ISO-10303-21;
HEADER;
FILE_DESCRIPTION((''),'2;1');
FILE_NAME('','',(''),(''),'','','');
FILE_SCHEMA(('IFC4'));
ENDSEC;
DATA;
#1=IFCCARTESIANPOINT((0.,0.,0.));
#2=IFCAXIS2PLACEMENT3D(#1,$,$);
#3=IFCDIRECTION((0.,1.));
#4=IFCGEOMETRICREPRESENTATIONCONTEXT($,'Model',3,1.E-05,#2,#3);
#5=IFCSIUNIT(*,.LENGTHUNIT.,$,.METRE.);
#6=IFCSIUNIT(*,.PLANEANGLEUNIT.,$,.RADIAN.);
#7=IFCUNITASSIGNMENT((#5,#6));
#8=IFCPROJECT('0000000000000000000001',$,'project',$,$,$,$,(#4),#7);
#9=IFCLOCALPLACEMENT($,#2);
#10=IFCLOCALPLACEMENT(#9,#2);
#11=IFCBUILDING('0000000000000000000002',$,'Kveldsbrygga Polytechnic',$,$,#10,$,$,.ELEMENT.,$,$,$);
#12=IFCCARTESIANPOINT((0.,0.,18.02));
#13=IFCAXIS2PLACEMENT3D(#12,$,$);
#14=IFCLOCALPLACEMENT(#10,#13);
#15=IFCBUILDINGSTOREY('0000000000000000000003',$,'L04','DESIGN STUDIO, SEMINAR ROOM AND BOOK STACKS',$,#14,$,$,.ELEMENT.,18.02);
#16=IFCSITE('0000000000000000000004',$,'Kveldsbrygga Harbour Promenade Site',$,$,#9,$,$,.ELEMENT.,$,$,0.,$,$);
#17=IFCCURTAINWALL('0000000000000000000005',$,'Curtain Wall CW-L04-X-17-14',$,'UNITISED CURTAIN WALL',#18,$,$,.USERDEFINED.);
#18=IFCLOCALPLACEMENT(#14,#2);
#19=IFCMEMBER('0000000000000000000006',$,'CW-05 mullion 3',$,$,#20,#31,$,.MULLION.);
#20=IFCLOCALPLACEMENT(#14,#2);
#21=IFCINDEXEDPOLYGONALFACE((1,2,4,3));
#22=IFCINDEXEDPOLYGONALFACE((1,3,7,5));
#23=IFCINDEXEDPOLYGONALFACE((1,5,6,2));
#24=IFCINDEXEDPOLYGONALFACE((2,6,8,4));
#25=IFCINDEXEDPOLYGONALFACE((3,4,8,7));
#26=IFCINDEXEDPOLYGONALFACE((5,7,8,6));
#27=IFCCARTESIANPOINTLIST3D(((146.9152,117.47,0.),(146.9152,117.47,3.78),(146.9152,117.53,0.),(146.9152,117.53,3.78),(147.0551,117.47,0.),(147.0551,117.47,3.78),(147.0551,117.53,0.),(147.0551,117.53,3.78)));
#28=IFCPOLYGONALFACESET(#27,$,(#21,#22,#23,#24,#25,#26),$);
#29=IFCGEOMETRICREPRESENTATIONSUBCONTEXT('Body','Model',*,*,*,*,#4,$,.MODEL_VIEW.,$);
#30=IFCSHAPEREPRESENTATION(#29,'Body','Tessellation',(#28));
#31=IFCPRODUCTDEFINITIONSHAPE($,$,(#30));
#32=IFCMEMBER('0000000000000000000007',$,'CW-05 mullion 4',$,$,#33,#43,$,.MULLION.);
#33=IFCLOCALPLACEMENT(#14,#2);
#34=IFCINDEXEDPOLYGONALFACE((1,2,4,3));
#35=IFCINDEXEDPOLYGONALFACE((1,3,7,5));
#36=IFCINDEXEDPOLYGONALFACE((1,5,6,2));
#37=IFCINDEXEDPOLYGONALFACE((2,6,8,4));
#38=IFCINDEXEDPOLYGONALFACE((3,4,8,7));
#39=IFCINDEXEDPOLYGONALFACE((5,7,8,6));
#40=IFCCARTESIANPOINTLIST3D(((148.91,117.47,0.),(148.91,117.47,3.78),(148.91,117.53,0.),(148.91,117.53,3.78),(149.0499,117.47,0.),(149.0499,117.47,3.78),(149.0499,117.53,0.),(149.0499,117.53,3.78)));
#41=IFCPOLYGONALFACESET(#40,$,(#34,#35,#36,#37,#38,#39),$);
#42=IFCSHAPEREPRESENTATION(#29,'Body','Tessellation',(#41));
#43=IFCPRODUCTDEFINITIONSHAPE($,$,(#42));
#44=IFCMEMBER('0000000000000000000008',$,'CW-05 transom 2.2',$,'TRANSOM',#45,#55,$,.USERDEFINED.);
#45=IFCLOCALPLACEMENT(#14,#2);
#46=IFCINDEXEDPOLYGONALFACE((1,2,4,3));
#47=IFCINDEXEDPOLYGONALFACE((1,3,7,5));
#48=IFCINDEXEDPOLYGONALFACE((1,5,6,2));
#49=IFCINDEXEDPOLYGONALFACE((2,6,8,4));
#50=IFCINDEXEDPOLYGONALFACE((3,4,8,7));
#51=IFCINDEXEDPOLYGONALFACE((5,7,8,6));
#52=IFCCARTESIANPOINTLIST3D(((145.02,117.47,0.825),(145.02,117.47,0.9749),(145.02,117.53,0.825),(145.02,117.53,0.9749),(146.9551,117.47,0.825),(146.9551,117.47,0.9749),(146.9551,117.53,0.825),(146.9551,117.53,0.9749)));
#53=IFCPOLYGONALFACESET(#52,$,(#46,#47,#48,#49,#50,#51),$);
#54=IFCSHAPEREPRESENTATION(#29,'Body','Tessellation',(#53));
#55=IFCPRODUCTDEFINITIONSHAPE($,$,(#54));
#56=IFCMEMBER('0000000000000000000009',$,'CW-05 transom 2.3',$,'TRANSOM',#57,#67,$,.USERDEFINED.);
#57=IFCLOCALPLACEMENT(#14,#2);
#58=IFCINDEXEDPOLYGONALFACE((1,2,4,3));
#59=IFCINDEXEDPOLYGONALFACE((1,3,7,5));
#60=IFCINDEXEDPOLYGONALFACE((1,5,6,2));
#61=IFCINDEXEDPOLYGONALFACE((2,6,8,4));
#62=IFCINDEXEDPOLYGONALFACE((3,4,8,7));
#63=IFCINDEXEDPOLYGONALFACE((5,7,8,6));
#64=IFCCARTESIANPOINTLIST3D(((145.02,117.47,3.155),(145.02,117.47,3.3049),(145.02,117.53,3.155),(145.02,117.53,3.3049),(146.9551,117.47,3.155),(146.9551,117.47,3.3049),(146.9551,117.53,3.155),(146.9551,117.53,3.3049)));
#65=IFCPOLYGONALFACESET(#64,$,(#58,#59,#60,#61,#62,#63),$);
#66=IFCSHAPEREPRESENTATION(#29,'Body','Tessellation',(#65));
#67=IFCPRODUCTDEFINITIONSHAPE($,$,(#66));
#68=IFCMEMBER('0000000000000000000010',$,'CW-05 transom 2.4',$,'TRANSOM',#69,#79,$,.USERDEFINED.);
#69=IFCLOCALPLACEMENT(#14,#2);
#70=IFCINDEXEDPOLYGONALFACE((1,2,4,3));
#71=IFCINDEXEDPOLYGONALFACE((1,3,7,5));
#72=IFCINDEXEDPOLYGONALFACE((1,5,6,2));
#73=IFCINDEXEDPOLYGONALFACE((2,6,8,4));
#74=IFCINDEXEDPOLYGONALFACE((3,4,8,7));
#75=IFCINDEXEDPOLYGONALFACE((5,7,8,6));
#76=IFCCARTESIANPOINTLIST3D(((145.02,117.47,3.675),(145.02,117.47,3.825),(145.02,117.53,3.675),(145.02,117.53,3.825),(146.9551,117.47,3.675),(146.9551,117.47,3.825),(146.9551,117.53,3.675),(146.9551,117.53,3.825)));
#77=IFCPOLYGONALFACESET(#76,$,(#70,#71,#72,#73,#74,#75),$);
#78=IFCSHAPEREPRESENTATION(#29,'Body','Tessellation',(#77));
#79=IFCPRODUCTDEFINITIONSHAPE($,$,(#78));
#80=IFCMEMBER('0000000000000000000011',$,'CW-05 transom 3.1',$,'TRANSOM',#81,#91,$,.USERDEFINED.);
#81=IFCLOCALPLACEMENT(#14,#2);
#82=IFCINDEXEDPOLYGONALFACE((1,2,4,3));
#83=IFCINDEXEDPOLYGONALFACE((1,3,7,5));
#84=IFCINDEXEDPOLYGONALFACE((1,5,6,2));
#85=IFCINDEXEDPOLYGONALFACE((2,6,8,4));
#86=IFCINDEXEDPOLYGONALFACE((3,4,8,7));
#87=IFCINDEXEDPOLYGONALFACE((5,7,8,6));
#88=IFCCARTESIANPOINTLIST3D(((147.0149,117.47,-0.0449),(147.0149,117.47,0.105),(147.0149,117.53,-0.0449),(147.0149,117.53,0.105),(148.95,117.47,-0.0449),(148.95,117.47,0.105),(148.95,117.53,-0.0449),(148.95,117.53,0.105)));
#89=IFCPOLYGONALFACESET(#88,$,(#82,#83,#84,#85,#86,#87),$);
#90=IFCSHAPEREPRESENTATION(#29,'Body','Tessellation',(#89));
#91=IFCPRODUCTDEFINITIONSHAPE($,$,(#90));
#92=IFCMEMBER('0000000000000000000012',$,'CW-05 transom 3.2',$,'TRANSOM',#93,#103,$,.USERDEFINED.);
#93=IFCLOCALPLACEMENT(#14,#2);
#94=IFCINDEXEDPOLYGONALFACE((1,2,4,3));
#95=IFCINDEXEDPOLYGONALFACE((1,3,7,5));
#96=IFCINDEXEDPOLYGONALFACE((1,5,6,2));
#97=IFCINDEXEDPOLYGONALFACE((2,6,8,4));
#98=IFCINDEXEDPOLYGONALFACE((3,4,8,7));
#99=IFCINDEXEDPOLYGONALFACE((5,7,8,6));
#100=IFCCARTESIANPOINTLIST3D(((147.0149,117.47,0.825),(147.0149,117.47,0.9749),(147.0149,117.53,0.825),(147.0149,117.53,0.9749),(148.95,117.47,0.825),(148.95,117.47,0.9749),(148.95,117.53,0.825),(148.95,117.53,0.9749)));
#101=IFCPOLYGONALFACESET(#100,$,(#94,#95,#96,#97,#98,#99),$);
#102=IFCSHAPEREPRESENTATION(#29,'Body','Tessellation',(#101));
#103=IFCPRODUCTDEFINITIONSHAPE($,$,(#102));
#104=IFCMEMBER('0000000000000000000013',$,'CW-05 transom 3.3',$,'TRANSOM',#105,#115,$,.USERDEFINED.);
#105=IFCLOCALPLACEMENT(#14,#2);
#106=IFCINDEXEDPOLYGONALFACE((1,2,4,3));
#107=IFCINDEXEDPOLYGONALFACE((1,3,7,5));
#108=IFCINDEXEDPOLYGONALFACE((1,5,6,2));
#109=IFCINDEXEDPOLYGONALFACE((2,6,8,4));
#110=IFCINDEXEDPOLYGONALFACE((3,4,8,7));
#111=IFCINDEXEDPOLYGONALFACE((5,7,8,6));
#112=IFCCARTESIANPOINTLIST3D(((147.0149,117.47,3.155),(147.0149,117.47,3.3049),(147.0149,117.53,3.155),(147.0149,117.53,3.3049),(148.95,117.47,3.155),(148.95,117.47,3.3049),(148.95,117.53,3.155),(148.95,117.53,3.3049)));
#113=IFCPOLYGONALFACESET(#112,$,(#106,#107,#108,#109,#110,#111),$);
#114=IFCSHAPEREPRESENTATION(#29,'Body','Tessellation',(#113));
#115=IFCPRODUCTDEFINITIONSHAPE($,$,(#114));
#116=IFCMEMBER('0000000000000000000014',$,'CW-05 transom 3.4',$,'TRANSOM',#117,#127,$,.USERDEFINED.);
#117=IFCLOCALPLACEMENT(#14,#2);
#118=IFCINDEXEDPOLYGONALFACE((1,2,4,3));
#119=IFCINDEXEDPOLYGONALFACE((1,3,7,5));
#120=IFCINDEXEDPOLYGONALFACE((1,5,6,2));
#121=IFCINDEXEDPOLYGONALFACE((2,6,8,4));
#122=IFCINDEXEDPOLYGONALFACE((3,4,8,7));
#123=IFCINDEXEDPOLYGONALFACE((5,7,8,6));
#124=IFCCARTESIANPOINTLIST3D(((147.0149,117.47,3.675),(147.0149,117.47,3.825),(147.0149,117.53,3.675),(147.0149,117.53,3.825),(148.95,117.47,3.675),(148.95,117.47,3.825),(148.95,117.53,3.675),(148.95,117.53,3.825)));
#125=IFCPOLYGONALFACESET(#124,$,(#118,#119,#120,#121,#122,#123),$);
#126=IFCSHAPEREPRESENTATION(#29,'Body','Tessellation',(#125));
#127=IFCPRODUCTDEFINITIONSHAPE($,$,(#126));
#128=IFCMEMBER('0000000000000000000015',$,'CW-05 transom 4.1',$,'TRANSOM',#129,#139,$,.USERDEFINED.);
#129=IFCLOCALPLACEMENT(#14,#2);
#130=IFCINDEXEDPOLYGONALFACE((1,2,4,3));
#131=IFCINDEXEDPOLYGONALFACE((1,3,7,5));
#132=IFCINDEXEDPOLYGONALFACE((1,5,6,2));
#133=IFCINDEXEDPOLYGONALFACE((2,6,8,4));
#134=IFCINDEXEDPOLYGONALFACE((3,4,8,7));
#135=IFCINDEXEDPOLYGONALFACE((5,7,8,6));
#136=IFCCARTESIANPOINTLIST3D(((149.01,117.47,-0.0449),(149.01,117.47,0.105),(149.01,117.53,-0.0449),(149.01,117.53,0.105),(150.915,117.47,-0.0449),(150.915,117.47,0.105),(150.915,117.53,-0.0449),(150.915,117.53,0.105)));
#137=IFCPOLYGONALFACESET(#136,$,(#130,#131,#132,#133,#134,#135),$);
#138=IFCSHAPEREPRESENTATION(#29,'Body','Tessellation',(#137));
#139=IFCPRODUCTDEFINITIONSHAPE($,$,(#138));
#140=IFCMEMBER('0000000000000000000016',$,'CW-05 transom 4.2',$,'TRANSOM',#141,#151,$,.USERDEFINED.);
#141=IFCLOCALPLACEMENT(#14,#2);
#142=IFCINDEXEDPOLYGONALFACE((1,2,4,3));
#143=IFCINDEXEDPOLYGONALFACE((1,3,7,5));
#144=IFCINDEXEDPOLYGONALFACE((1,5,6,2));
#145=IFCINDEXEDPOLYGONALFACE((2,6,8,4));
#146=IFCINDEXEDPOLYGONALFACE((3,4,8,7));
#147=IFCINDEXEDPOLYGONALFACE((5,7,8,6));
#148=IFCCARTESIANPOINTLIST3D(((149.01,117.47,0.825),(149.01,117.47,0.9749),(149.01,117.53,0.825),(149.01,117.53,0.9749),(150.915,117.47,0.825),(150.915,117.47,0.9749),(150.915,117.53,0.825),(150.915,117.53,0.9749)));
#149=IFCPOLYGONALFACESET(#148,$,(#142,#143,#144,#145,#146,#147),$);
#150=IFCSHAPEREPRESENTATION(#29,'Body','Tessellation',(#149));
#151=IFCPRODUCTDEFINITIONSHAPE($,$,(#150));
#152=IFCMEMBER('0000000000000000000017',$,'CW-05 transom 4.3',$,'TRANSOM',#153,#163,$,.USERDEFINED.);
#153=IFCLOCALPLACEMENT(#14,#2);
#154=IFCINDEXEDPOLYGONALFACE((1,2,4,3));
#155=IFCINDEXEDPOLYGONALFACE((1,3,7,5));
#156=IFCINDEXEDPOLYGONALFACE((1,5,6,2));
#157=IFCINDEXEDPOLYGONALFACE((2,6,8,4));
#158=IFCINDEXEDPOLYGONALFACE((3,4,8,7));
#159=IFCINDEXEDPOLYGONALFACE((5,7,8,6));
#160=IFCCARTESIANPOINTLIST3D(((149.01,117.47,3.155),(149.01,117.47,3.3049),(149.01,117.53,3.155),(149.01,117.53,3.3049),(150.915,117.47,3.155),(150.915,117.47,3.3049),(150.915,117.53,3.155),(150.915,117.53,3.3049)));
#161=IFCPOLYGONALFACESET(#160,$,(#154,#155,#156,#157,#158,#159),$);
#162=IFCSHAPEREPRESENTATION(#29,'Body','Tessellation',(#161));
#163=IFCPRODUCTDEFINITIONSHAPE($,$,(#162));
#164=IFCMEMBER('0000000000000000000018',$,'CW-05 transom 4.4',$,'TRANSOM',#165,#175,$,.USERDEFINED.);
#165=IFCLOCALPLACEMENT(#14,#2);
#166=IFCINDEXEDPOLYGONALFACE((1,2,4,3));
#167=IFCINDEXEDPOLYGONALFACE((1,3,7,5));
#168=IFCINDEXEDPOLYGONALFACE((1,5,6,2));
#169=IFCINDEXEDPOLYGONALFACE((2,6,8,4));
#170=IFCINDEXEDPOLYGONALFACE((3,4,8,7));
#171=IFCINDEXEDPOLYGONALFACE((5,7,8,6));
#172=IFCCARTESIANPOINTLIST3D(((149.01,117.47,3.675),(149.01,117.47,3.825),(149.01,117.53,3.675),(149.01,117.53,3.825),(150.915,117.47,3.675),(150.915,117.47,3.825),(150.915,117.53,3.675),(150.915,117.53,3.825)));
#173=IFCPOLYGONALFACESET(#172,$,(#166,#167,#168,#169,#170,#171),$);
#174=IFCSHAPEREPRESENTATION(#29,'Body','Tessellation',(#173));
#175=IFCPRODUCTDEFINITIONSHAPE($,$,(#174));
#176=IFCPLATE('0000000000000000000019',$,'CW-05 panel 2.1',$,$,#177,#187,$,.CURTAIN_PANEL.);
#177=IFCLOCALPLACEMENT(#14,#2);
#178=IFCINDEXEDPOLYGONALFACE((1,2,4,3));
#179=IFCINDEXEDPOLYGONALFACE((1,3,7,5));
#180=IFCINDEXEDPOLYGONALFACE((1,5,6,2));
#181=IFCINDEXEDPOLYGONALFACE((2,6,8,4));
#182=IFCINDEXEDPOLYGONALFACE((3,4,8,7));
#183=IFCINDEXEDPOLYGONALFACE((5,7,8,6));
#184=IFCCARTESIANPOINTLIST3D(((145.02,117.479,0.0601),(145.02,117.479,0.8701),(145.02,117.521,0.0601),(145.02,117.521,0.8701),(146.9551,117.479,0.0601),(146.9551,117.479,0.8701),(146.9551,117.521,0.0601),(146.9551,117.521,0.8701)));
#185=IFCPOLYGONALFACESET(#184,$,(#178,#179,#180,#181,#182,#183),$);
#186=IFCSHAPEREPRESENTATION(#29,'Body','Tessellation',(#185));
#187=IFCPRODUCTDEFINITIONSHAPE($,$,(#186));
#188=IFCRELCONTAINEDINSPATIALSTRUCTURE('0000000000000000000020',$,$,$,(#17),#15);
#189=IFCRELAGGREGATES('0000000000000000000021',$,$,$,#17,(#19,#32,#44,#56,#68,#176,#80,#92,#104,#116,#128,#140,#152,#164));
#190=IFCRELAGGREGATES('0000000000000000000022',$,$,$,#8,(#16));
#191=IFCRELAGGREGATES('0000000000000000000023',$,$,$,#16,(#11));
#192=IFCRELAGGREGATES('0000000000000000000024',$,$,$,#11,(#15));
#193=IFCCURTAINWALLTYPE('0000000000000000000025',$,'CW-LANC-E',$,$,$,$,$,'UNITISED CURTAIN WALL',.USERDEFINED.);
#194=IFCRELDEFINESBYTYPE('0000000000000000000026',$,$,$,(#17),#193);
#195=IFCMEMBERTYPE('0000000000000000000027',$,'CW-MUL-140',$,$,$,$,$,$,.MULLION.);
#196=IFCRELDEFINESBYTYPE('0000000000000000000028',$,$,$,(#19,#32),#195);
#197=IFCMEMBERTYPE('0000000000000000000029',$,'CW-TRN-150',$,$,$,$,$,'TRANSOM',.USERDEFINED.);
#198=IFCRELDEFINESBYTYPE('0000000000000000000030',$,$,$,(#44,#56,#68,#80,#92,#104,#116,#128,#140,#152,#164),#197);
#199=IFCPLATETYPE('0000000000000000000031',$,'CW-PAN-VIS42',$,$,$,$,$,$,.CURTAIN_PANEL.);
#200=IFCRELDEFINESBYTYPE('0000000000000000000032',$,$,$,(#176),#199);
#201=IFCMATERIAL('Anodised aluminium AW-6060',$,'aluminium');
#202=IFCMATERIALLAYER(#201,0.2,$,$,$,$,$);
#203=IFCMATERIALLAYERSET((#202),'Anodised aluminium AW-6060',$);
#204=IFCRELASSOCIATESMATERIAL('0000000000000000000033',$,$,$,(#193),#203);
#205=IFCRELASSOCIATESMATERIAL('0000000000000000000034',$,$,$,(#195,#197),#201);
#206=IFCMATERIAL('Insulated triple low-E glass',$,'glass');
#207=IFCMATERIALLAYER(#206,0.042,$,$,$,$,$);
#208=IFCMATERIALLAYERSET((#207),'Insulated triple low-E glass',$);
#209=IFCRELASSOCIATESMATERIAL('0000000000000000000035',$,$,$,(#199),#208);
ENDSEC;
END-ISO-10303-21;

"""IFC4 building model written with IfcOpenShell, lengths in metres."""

from ifc_helpers import new_model, si_unit, direction, frame, origin, origin_2d, place, context, subcontext, project, spatial, rectangle, extrude, material, layer, layer_set, material_profile, profile_set, type_object, element, aggregate, save


model = new_model("IFC4")

# Units and contexts
model_context = context("Model", 3, precision=1e-05, world=origin(), true_north=direction((0.0, 1.0)))
body_context = subcontext(model_context, "Body", "Model", "MODEL_VIEW")
ifc_project = project(units=[si_unit("LENGTHUNIT", "METRE"), si_unit("PLANEANGLEUNIT", "RADIAN")], contexts=[model_context])

# Site, building, storey
site_placement = place(None, origin())
site = spatial("IfcSite", under=ifc_project, at=site_placement, Name="Kveldsbrygga Harbour Promenade Site", CompositionType="ELEMENT", RefElevation=0.0)
building_placement = place(site_placement, origin())
building = spatial("IfcBuilding", under=site, at=building_placement, Name="Kveldsbrygga Polytechnic", CompositionType="ELEMENT")
storey_placement = place(building_placement, frame((0.0, 0.0, 18.02)))
storey = spatial("IfcBuildingStorey", under=building, at=storey_placement, Name="L04", Description="DESIGN STUDIO, SEMINAR ROOM AND BOOK STACKS", CompositionType="ELEMENT", Elevation=18.02)

# Curtain wall, members, plate
ifc_material_1 = material(Name="Anodised aluminium AW-6060", Category="aluminium")
ifc_layer_1 = layer(ifc_material_1, 0.2)
ifc_layer_set_1 = layer_set([ifc_layer_1], Name="Anodised aluminium AW-6060")
curtain_wall_type = type_object("IfcCurtainWallType", Name="CW-LANC-E", ElementType="UNITISED CURTAIN WALL", PredefinedType="USERDEFINED", material=ifc_layer_set_1)
curtain_wall_placement = place(storey_placement, origin())
curtain_wall = element("IfcCurtainWall", 1, at=curtain_wall_placement, inside=storey, type_object=curtain_wall_type, Name="Curtain Wall CW-L04-X-17-14", ObjectType="UNITISED CURTAIN WALL", PredefinedType="USERDEFINED")
ifc_material_profile_1 = material_profile(ifc_material_1, rectangle(XDim=0.0601, YDim=0.1399, at=origin_2d()), Name="ALU 60x140")
ifc_profile_set_1 = profile_set([ifc_material_profile_1], Name="Anodised aluminium AW-6060")
member_type_1 = type_object("IfcMemberType", Name="CW-MUL-140", PredefinedType="MULLION", material=ifc_profile_set_1)
member_1_placement = place(storey_placement, frame((146.9851, 117.5, 0.0), z_axis=(0.0, 0.0, 1.0), x_axis=(0.0, 1.0, 0.0)))
member_1 = element("IfcMember", 2, at=member_1_placement, type_object=member_type_1, Name="CW-05 mullion 3", PredefinedType="MULLION", context=body_context, shape_type="SweptSolid", body=[
    extrude(rectangle(XDim=0.0601, YDim=0.1399, at=origin_2d()), origin(), (0.0, 0.0, 1.0), 3.78),
])
member_2_placement = place(storey_placement, frame((148.98, 117.5, 0.0), z_axis=(0.0, 0.0, 1.0), x_axis=(0.0, 1.0, 0.0)))
member_2 = element("IfcMember", 3, at=member_2_placement, type_object=member_type_1, Name="CW-05 mullion 4", PredefinedType="MULLION", context=body_context, shape_type="SweptSolid", body=[
    extrude(rectangle(XDim=0.0601, YDim=0.1399, at=origin_2d()), origin(), (0.0, 0.0, 1.0), 3.78),
])
ifc_material_profile_2 = material_profile(ifc_material_1, rectangle(XDim=0.0601, YDim=0.1499, at=origin_2d()), Name="ALU 60x150")
ifc_profile_set_2 = profile_set([ifc_material_profile_2], Name="Anodised aluminium AW-6060")
member_type_2 = type_object("IfcMemberType", Name="CW-TRN-150", ElementType="TRANSOM", PredefinedType="USERDEFINED", material=ifc_profile_set_2)
member_3_placement = place(storey_placement, frame((145.02, 117.5, 0.8999), z_axis=(1.0, 0.0, 0.0), x_axis=(0.0, 1.0, 0.0)))
member_3 = element("IfcMember", 4, at=member_3_placement, type_object=member_type_2, Name="CW-05 transom 2.2", ObjectType="TRANSOM", PredefinedType="USERDEFINED", context=body_context, shape_type="SweptSolid", body=[
    extrude(rectangle(XDim=0.0601, YDim=0.1499, at=origin_2d()), origin(), (0.0, 0.0, 1.0), 1.9351),
])
member_4_placement = place(storey_placement, frame((145.02, 117.5, 3.23), z_axis=(1.0, 0.0, 0.0), x_axis=(0.0, 1.0, 0.0)))
member_4 = element("IfcMember", 5, at=member_4_placement, type_object=member_type_2, Name="CW-05 transom 2.3", ObjectType="TRANSOM", PredefinedType="USERDEFINED", context=body_context, shape_type="SweptSolid", body=[
    extrude(rectangle(XDim=0.0601, YDim=0.1499, at=origin_2d()), origin(), (0.0, 0.0, 1.0), 1.9351),
])
member_5_placement = place(storey_placement, frame((145.02, 117.5, 3.75), z_axis=(1.0, 0.0, 0.0), x_axis=(0.0, 1.0, 0.0)))
member_5 = element("IfcMember", 6, at=member_5_placement, type_object=member_type_2, Name="CW-05 transom 2.4", ObjectType="TRANSOM", PredefinedType="USERDEFINED", context=body_context, shape_type="SweptSolid", body=[
    extrude(rectangle(XDim=0.0601, YDim=0.1499, at=origin_2d()), origin(), (0.0, 0.0, 1.0), 1.9351),
])
member_6_placement = place(storey_placement, frame((147.0149, 117.5, 0.03), z_axis=(1.0, 0.0, 0.0), x_axis=(0.0, 1.0, 0.0)))
member_6 = element("IfcMember", 7, at=member_6_placement, type_object=member_type_2, Name="CW-05 transom 3.1", ObjectType="TRANSOM", PredefinedType="USERDEFINED", context=body_context, shape_type="SweptSolid", body=[
    extrude(rectangle(XDim=0.0601, YDim=0.1499, at=origin_2d()), origin(), (0.0, 0.0, 1.0), 1.9351),
])
member_7_placement = place(storey_placement, frame((147.0149, 117.5, 0.8999), z_axis=(1.0, 0.0, 0.0), x_axis=(0.0, 1.0, 0.0)))
member_7 = element("IfcMember", 8, at=member_7_placement, type_object=member_type_2, Name="CW-05 transom 3.2", ObjectType="TRANSOM", PredefinedType="USERDEFINED", context=body_context, shape_type="SweptSolid", body=[
    extrude(rectangle(XDim=0.0601, YDim=0.1499, at=origin_2d()), origin(), (0.0, 0.0, 1.0), 1.9351),
])
member_8_placement = place(storey_placement, frame((147.0149, 117.5, 3.23), z_axis=(1.0, 0.0, 0.0), x_axis=(0.0, 1.0, 0.0)))
member_8 = element("IfcMember", 9, at=member_8_placement, type_object=member_type_2, Name="CW-05 transom 3.3", ObjectType="TRANSOM", PredefinedType="USERDEFINED", context=body_context, shape_type="SweptSolid", body=[
    extrude(rectangle(XDim=0.0601, YDim=0.1499, at=origin_2d()), origin(), (0.0, 0.0, 1.0), 1.9351),
])
member_9_placement = place(storey_placement, frame((147.0149, 117.5, 3.75), z_axis=(1.0, 0.0, 0.0), x_axis=(0.0, 1.0, 0.0)))
member_9 = element("IfcMember", 10, at=member_9_placement, type_object=member_type_2, Name="CW-05 transom 3.4", ObjectType="TRANSOM", PredefinedType="USERDEFINED", context=body_context, shape_type="SweptSolid", body=[
    extrude(rectangle(XDim=0.0601, YDim=0.1499, at=origin_2d()), origin(), (0.0, 0.0, 1.0), 1.9351),
])
member_10_placement = place(storey_placement, frame((149.01, 117.5, 0.03), z_axis=(1.0, 0.0, 0.0), x_axis=(0.0, 1.0, 0.0)))
member_10 = element("IfcMember", 11, at=member_10_placement, type_object=member_type_2, Name="CW-05 transom 4.1", ObjectType="TRANSOM", PredefinedType="USERDEFINED", context=body_context, shape_type="SweptSolid", body=[
    extrude(rectangle(XDim=0.0601, YDim=0.1499, at=origin_2d()), origin(), (0.0, 0.0, 1.0), 1.905),
])
member_11_placement = place(storey_placement, frame((149.01, 117.5, 0.8999), z_axis=(1.0, 0.0, 0.0), x_axis=(0.0, 1.0, 0.0)))
member_11 = element("IfcMember", 12, at=member_11_placement, type_object=member_type_2, Name="CW-05 transom 4.2", ObjectType="TRANSOM", PredefinedType="USERDEFINED", context=body_context, shape_type="SweptSolid", body=[
    extrude(rectangle(XDim=0.0601, YDim=0.1499, at=origin_2d()), origin(), (0.0, 0.0, 1.0), 1.905),
])
member_12_placement = place(storey_placement, frame((149.01, 117.5, 3.23), z_axis=(1.0, 0.0, 0.0), x_axis=(0.0, 1.0, 0.0)))
member_12 = element("IfcMember", 13, at=member_12_placement, type_object=member_type_2, Name="CW-05 transom 4.3", ObjectType="TRANSOM", PredefinedType="USERDEFINED", context=body_context, shape_type="SweptSolid", body=[
    extrude(rectangle(XDim=0.0601, YDim=0.1499, at=origin_2d()), origin(), (0.0, 0.0, 1.0), 1.905),
])
member_13_placement = place(storey_placement, frame((149.01, 117.5, 3.75), z_axis=(1.0, 0.0, 0.0), x_axis=(0.0, 1.0, 0.0)))
member_13 = element("IfcMember", 14, at=member_13_placement, type_object=member_type_2, Name="CW-05 transom 4.4", ObjectType="TRANSOM", PredefinedType="USERDEFINED", context=body_context, shape_type="SweptSolid", body=[
    extrude(rectangle(XDim=0.0601, YDim=0.1499, at=origin_2d()), origin(), (0.0, 0.0, 1.0), 1.905),
])
ifc_material_2 = material(Name="Insulated triple low-E glass", Category="glass")
ifc_layer_2 = layer(ifc_material_2, 0.042)
ifc_layer_set_2 = layer_set([ifc_layer_2], Name="Insulated triple low-E glass")
plate_type = type_object("IfcPlateType", Name="CW-PAN-VIS42", PredefinedType="CURTAIN_PANEL", material=ifc_layer_set_2)
plate_1_placement = place(storey_placement, frame((145.9875, 117.5, 0.0601), z_axis=(0.0, 0.0, 1.0), x_axis=(1.0, 0.0, 0.0)))
plate_1 = element("IfcPlate", 15, at=plate_1_placement, type_object=plate_type, Name="CW-05 panel 2.1", PredefinedType="CURTAIN_PANEL", context=body_context, shape_type="SweptSolid", body=[
    extrude(rectangle(XDim=1.9351, YDim=0.042, at=origin_2d()), origin(), (0.0, 0.0, 1.0), 0.8101),
])
aggregate(curtain_wall, [member_1, member_2, member_3, member_4, member_5, plate_1, member_6, member_7, member_8, member_9, member_10, member_11, member_12, member_13])

save(model, "model.ifc")
